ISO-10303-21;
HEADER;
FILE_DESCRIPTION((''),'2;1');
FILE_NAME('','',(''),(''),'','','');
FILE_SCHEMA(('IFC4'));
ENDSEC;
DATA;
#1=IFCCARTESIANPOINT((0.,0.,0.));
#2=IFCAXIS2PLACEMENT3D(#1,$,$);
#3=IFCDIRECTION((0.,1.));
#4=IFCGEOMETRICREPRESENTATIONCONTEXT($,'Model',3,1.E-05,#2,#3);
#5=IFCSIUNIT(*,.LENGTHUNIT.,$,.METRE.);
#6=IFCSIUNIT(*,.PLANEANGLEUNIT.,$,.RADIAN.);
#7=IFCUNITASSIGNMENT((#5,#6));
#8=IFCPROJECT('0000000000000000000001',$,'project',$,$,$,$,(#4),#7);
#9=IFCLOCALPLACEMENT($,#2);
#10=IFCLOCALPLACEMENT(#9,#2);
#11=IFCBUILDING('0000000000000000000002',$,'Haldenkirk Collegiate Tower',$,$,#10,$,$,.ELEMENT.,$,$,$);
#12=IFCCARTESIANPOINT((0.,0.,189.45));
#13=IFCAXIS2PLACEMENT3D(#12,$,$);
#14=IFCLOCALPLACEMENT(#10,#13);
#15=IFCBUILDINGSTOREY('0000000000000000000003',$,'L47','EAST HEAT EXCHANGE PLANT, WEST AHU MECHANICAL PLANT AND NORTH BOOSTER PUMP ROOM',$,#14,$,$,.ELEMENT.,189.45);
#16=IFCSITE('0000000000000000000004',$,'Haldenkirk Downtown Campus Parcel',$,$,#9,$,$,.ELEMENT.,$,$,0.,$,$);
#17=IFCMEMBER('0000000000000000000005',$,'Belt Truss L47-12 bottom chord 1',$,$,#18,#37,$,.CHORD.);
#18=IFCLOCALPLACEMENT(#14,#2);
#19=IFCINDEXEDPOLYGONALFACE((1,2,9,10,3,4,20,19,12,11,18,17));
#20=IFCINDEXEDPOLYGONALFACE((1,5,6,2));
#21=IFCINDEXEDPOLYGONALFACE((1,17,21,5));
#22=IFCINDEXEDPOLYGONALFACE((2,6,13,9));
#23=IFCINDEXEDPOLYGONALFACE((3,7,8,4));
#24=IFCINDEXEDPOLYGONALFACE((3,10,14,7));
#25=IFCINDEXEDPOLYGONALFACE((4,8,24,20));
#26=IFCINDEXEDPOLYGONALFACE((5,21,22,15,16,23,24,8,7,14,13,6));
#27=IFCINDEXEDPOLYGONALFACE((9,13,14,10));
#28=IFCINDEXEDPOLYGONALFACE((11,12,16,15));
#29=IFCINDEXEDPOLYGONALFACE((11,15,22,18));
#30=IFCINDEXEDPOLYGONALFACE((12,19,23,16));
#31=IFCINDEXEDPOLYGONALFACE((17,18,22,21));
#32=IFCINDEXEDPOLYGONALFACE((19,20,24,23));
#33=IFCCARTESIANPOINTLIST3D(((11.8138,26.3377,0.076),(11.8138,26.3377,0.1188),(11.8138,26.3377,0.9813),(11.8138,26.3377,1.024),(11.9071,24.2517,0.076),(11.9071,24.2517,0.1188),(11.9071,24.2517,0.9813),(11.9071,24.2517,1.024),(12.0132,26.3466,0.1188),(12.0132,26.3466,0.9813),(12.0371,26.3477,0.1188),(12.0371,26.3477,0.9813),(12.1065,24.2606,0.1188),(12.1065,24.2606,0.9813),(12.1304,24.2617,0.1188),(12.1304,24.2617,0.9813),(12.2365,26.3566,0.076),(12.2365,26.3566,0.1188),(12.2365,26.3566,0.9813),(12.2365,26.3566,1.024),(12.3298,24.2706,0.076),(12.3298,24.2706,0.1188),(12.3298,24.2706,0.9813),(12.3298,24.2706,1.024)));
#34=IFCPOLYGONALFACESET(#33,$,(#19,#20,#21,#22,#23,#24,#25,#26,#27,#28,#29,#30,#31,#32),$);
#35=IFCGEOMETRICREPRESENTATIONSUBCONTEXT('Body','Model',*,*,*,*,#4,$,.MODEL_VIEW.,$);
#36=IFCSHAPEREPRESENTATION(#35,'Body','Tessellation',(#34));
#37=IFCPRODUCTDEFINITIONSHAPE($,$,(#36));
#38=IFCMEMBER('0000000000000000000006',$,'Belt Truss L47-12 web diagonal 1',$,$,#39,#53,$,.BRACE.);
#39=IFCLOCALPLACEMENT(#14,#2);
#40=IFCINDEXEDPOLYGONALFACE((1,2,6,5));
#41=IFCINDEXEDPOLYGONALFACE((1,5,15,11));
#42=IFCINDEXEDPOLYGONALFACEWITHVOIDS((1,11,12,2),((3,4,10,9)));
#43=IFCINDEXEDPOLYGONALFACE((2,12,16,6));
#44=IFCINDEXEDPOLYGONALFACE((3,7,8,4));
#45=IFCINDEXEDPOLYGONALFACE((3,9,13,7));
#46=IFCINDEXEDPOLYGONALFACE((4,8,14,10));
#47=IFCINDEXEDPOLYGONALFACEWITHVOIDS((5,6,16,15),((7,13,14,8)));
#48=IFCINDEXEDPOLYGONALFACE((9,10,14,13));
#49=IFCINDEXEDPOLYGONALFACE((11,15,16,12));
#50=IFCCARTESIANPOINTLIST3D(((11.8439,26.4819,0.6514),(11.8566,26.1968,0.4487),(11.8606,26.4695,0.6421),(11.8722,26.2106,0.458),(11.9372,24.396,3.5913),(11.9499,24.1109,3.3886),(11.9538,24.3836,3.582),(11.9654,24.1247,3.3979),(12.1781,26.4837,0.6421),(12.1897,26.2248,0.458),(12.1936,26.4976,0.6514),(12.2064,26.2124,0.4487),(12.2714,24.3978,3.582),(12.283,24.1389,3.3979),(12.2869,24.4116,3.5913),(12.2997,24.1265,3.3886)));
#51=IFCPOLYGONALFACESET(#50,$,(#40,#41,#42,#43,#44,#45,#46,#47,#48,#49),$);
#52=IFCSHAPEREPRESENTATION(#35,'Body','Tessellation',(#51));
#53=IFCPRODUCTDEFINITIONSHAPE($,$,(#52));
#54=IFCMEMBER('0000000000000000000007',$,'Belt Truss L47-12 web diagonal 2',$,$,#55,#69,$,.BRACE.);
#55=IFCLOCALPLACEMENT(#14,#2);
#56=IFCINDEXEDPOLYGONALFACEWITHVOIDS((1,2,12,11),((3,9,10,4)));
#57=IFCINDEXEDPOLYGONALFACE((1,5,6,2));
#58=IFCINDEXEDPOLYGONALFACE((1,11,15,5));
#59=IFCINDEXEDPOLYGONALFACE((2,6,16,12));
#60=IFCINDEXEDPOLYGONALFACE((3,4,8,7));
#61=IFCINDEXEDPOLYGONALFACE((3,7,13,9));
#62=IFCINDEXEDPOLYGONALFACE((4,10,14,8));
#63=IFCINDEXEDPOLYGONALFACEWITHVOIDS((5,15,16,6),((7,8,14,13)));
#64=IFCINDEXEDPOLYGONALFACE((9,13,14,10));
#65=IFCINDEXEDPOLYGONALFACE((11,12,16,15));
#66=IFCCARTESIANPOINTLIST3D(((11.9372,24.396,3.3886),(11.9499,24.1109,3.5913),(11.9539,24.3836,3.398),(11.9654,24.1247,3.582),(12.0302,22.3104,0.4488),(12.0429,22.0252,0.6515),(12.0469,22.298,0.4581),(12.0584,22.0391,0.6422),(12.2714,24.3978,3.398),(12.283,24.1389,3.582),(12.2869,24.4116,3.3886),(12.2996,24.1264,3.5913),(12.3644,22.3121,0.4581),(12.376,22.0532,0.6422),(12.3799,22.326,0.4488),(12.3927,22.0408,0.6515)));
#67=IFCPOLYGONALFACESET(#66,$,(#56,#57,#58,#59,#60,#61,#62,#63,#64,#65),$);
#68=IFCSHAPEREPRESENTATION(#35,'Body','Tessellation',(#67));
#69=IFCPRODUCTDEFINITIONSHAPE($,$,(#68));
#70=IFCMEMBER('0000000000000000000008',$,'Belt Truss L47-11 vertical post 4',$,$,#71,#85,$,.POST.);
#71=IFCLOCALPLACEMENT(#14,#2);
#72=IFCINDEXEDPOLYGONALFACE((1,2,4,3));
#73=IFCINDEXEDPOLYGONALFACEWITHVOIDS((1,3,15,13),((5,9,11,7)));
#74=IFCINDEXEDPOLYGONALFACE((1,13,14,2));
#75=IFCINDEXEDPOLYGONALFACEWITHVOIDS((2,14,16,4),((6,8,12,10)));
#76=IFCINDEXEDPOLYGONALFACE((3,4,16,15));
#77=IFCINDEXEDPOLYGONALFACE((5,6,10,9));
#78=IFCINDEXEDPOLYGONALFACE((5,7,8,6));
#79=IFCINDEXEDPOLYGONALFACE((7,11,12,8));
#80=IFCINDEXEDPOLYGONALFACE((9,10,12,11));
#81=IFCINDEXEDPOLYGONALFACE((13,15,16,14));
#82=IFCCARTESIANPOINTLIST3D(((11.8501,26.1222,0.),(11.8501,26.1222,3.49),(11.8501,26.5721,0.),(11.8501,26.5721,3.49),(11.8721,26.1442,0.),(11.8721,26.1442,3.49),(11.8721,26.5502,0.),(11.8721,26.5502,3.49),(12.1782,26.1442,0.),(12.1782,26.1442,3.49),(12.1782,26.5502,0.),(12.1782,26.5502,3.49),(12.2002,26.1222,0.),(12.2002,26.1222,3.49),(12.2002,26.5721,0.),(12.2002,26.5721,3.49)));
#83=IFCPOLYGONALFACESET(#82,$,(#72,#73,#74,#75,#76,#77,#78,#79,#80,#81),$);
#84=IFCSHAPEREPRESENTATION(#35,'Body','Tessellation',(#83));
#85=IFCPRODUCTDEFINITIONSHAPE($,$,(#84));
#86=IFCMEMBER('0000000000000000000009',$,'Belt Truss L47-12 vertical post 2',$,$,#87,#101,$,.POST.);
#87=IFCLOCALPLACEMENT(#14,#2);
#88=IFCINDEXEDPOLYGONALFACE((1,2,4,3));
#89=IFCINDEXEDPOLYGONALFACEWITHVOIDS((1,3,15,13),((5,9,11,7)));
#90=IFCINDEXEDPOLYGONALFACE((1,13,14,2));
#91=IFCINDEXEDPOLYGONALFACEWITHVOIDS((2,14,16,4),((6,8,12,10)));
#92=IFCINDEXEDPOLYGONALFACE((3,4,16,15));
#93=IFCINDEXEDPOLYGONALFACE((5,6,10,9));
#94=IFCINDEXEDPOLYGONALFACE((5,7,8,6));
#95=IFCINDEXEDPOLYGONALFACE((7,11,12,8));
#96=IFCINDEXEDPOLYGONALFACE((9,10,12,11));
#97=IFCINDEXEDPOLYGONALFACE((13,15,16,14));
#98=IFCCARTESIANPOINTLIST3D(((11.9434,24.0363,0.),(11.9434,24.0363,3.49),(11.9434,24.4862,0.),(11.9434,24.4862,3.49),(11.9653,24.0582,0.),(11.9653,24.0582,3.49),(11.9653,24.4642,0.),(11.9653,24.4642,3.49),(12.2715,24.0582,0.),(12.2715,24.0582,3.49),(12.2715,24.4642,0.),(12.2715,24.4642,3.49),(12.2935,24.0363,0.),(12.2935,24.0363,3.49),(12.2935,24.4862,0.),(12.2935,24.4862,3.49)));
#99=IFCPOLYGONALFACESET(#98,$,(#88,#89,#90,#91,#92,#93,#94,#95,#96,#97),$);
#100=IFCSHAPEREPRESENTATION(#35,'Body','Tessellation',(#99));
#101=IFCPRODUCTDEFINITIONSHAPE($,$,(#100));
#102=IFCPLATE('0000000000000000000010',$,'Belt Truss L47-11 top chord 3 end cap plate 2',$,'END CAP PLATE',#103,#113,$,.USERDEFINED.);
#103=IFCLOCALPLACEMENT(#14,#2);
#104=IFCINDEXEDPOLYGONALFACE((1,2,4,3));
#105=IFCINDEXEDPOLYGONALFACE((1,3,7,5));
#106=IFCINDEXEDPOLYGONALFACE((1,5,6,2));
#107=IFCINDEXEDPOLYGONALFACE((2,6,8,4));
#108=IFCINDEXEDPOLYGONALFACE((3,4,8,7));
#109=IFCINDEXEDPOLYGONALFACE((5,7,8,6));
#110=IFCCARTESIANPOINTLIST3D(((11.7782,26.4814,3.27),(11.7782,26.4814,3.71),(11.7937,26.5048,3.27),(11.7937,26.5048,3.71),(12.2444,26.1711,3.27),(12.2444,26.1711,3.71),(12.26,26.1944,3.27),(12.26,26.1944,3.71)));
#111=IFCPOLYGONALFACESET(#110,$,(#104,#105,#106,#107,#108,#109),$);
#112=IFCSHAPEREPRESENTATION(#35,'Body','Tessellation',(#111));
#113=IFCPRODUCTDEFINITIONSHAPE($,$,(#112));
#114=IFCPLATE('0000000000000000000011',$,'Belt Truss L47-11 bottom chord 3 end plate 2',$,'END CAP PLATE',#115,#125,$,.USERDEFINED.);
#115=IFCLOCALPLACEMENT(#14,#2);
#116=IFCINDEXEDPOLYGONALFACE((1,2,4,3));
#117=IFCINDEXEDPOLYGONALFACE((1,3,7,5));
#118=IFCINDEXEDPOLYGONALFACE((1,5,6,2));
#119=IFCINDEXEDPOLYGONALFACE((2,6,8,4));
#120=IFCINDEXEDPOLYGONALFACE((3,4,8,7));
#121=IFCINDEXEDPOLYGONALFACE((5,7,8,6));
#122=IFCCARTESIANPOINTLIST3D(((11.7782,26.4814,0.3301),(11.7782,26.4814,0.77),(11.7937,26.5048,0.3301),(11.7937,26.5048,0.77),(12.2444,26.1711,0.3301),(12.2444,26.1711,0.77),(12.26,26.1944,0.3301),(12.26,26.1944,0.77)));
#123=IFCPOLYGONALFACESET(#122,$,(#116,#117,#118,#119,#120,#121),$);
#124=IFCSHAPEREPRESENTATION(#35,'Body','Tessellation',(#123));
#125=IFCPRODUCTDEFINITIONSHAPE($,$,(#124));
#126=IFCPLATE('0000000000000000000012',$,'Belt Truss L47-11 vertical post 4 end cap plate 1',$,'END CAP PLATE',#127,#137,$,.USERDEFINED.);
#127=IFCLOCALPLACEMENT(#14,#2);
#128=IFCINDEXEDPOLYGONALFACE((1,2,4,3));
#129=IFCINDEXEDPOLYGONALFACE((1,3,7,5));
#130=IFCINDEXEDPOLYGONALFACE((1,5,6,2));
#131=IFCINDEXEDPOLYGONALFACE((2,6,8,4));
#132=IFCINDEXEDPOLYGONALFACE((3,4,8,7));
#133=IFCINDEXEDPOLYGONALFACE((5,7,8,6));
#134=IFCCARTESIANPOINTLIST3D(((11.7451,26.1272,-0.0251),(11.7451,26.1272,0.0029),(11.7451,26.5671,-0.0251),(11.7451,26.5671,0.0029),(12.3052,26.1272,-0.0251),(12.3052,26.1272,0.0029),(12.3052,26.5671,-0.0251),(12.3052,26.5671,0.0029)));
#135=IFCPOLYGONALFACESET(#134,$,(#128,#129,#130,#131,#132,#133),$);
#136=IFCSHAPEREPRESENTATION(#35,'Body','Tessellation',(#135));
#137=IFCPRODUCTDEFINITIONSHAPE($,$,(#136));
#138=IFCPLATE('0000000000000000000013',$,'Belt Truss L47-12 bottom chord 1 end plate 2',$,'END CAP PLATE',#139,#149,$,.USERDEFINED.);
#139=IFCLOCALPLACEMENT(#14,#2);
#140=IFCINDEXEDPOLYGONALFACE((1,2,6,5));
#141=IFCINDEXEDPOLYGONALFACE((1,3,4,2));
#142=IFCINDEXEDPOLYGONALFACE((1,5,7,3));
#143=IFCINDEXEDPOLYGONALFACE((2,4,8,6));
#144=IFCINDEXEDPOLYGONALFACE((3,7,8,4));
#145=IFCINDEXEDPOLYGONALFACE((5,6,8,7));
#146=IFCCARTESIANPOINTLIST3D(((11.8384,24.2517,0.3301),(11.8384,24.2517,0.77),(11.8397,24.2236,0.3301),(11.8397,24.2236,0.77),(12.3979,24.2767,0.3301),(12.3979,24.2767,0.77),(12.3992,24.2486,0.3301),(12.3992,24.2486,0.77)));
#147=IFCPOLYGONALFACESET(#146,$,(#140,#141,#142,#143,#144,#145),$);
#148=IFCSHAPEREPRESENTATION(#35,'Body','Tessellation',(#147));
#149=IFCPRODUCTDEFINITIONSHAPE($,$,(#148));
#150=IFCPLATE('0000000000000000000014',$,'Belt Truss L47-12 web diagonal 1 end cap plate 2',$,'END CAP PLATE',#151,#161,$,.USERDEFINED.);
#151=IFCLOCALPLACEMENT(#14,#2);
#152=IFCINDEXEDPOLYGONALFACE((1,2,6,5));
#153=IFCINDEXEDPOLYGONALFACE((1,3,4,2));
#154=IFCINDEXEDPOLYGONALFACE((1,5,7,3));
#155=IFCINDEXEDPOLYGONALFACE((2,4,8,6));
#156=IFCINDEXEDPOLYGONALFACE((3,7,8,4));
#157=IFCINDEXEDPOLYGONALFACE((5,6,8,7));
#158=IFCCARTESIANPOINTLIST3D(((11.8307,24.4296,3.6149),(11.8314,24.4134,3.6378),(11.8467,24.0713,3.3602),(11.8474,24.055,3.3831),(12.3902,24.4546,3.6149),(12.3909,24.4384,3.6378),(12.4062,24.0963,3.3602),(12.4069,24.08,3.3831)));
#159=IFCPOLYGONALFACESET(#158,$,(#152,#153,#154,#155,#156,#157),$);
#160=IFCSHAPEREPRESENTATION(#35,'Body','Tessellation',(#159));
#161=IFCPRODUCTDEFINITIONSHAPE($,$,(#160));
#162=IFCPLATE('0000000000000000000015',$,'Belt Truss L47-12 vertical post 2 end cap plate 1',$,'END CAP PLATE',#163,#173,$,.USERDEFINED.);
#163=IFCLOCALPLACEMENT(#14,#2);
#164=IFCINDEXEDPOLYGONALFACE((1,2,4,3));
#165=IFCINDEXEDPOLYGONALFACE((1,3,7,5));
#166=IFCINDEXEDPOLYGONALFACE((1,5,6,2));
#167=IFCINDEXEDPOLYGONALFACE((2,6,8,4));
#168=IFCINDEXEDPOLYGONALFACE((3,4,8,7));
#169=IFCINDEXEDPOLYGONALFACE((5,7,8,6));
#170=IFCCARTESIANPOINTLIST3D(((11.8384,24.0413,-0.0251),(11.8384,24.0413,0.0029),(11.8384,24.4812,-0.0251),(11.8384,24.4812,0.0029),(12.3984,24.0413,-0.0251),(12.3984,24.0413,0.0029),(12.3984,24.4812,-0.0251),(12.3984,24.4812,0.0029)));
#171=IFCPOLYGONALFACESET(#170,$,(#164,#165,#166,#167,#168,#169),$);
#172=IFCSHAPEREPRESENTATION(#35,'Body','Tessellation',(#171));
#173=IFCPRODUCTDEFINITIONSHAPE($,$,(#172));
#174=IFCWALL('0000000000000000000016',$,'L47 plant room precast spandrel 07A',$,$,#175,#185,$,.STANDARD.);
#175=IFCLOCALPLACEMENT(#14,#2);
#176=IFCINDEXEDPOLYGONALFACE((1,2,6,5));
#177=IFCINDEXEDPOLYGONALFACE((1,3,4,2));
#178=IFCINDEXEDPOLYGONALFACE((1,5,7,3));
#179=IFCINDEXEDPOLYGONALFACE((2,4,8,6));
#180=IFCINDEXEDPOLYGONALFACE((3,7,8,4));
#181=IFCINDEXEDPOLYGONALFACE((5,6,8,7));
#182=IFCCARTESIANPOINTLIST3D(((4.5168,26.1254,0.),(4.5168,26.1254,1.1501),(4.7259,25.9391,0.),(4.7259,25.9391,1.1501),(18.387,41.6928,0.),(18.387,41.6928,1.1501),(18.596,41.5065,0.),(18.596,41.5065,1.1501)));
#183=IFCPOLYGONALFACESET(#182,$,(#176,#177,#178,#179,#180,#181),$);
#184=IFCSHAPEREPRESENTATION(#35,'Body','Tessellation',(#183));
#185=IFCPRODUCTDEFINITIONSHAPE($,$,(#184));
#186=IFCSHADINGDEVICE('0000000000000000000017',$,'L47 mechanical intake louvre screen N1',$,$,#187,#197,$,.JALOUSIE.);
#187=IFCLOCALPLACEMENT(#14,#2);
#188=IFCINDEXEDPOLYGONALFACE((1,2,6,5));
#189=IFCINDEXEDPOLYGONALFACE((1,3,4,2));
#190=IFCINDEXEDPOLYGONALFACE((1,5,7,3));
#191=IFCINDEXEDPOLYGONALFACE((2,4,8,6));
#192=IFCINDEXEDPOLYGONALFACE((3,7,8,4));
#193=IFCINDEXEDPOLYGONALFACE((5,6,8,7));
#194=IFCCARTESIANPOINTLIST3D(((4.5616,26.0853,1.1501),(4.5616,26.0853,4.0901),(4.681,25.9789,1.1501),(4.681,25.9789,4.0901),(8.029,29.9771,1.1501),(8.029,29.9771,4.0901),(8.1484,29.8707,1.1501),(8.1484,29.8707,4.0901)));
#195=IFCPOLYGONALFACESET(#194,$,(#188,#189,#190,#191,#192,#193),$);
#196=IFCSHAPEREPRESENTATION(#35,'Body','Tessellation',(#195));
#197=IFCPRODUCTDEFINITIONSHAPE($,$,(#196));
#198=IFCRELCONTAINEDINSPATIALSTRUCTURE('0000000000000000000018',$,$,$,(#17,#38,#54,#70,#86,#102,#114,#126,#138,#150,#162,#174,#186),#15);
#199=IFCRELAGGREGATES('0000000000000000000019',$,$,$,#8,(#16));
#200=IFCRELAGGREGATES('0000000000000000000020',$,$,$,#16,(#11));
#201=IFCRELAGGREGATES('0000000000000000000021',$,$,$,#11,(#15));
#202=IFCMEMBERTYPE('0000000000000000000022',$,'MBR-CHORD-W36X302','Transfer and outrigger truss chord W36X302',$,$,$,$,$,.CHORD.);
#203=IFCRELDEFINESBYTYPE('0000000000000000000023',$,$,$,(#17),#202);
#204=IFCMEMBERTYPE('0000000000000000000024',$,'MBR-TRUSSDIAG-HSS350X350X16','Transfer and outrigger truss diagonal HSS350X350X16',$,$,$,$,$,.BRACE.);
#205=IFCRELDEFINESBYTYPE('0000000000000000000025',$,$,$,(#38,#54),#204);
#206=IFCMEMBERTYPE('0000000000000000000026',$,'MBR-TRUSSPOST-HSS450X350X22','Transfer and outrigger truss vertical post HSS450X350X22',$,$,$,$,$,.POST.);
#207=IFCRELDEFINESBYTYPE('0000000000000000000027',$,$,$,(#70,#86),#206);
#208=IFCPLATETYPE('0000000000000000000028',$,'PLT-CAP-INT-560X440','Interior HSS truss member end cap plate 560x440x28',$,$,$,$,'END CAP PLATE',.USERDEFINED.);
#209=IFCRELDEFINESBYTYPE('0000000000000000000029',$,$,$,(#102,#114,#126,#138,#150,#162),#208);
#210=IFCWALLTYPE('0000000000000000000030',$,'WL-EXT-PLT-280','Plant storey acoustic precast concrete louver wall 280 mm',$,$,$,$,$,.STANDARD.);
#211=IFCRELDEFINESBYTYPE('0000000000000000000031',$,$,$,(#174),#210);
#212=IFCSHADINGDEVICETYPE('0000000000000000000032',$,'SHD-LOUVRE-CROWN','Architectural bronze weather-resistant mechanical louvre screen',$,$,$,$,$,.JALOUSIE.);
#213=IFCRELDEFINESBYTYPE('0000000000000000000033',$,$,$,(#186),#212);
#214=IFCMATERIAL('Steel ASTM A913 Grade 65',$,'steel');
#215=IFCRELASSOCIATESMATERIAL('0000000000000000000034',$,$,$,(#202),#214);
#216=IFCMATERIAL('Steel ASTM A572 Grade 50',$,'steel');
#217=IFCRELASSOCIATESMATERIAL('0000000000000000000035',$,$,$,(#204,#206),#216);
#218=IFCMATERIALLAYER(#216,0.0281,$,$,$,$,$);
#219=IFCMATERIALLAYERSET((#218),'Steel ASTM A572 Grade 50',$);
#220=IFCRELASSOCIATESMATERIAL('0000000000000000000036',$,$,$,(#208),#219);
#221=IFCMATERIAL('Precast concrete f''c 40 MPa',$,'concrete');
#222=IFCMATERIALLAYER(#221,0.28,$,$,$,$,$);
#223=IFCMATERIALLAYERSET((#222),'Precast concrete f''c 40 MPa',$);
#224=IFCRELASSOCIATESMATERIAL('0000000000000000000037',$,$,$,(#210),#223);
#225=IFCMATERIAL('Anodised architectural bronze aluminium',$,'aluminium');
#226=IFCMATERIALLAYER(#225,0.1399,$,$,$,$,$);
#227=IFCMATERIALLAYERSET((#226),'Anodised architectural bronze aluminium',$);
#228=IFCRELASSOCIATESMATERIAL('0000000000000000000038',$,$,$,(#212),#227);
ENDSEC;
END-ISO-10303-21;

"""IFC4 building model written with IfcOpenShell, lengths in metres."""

from ifc_helpers import new_model, si_unit, direction, frame, frame_2d, origin, origin_2d, place, context, subcontext, project, spatial, rectangle, hollow_rectangle, i_section, extrude, source, transform, mapped, material, layer, layer_set, material_profile, profile_set, type_object, element, save


model = new_model("IFC4")

# Units and contexts
model_context = context("Model", 3, precision=1e-05, world=origin(), true_north=direction((0.0, 1.0)))
body_context = subcontext(model_context, "Body", "Model", "MODEL_VIEW")
ifc_project = project(units=[si_unit("LENGTHUNIT", "METRE"), si_unit("PLANEANGLEUNIT", "RADIAN")], contexts=[model_context])

# Site, building, storey
site_placement = place(None, origin())
site = spatial("IfcSite", under=ifc_project, at=site_placement, Name="Haldenkirk Downtown Campus Parcel", CompositionType="ELEMENT", RefElevation=0.0)
building_placement = place(site_placement, origin())
building = spatial("IfcBuilding", under=site, at=building_placement, Name="Haldenkirk Collegiate Tower", CompositionType="ELEMENT")
storey_placement = place(building_placement, frame((0.0, 0.0, 189.45)))
storey = spatial("IfcBuildingStorey", under=building, at=storey_placement, Name="L47", Description="EAST HEAT EXCHANGE PLANT, WEST AHU MECHANICAL PLANT AND NORTH BOOSTER PUMP ROOM", CompositionType="ELEMENT", Elevation=189.45)

# Shared definitions
ifc_material_1 = material(Name="Steel ASTM A913 Grade 65", Category="steel")
ifc_material_2 = material(Name="Steel ASTM A572 Grade 50", Category="steel")

# Members
ifc_material_profile_1 = material_profile(ifc_material_1, i_section(OverallWidth=0.4231, OverallDepth=0.948, WebThickness=0.0239, FlangeThickness=0.0427, at=origin_2d()), Name="W36X302")
ifc_profile_set_1 = profile_set([ifc_material_profile_1], Name="Steel ASTM A913 Grade 65")
member_type_1 = type_object("IfcMemberType", Name="MBR-CHORD-W36X302", Description="Transfer and outrigger truss chord W36X302", PredefinedType="CHORD", material=ifc_profile_set_1)
member_1_placement = place(storey_placement, frame((12.0251, 26.3472, 0.55), z_axis=(0.044665, -0.999002, 0.0), x_axis=(0.999002, 0.044665, 0.0)))
element("IfcMember", 1, at=member_1_placement, inside=storey, type_object=member_type_1, Name="Belt Truss L47-12 bottom chord 1", PredefinedType="CHORD", context=body_context, shape_type="SweptSolid", body=[
    extrude(i_section(OverallWidth=0.4231, OverallDepth=0.948, WebThickness=0.0239, FlangeThickness=0.0427, at=origin_2d()), origin(), (0.0, 0.0, 1.0), 2.0881),
])
ifc_material_profile_2 = material_profile(ifc_material_2, hollow_rectangle(XDim=0.3501, YDim=0.3501, WallThickness=0.0161, at=origin_2d()), Name="HSS350X350X16")
ifc_profile_set_2 = profile_set([ifc_material_profile_2], Name="Steel ASTM A572 Grade 50")
member_type_2 = type_object("IfcMemberType", Name="MBR-TRUSSDIAG-HSS350X350X16", Description="Transfer and outrigger truss diagonal HSS350X350X16", PredefinedType="BRACE", material=ifc_profile_set_2)
member_2_placement = place(storey_placement, frame((12.0251, 26.3472, 0.55), z_axis=(0.025863, -0.578466, 0.815296), x_axis=(0.999002, 0.044665, 0.0)))
element("IfcMember", 2, at=member_2_placement, inside=storey, type_object=member_type_2, Name="Belt Truss L47-12 web diagonal 1", PredefinedType="BRACE", context=body_context, shape_type="SweptSolid", body=[
    extrude(hollow_rectangle(XDim=0.3501, YDim=0.3501, WallThickness=0.0161, at=origin_2d()), origin(), (0.0, 0.0, 1.0), 3.606),
])
member_3_placement = place(storey_placement, frame((12.1184, 24.2612, 3.49), z_axis=(0.025796, -0.578422, -0.81533), x_axis=(0.999007, 0.044554, 0.0)))
element("IfcMember", 3, at=member_3_placement, inside=storey, type_object=member_type_2, Name="Belt Truss L47-12 web diagonal 2", PredefinedType="BRACE", context=body_context, shape_type="SweptSolid", body=[
    extrude(hollow_rectangle(XDim=0.3501, YDim=0.3501, WallThickness=0.0161, at=origin_2d()), origin(), (0.0, 0.0, 1.0), 3.6057),
])
ifc_material_profile_3 = material_profile(ifc_material_2, hollow_rectangle(XDim=0.3501, YDim=0.45, WallThickness=0.022, at=origin_2d()), Name="HSS450X350X22")
ifc_profile_set_3 = profile_set([ifc_material_profile_3], Name="Steel ASTM A572 Grade 50")
member_type_3 = type_object("IfcMemberType", Name="MBR-TRUSSPOST-HSS450X350X22", Description="Transfer and outrigger truss vertical post HSS450X350X22", PredefinedType="POST", material=ifc_profile_set_3)
for number, where, z_axis, x_axis, name in (
    (4, (12.0251, 26.3472, 0.0), (0.0, 0.0, 1.0), (1.0, 0.0, 0.0), "Belt Truss L47-11 vertical post 4"),
    (5, (12.1184, 24.2612, 0.0), (0.0, 0.0, 1.0), (1.0, 0.0, 0.0), "Belt Truss L47-12 vertical post 2"),
):
    element("IfcMember", number, at=place(storey_placement, frame(where, z_axis=z_axis, x_axis=x_axis)), inside=storey, type_object=member_type_3, Name=name, PredefinedType="POST", context=body_context, shape_type="SweptSolid", body=[
        extrude(hollow_rectangle(XDim=0.3501, YDim=0.45, WallThickness=0.022, at=origin_2d()), origin(), (0.0, 0.0, 1.0), 3.49),
    ])

# Plates
ifc_layer_1 = layer(ifc_material_2, 0.0281)
ifc_layer_set_1 = layer_set([ifc_layer_1], Name="Steel ASTM A572 Grade 50")
plate_type = type_object("IfcPlateType", Name="PLT-CAP-INT-560X440", Description="Interior HSS truss member end cap plate 560x440x28", ElementType="END CAP PLATE", PredefinedType="USERDEFINED", material=ifc_layer_set_1)
shared_shape_1 = source(origin(), body_context, "Body", "SweptSolid", [
    extrude(rectangle(XDim=0.5601, YDim=0.4399, at=origin_2d()), origin(), (0.0, 0.0, 1.0), 0.0281),
])
for number, where, z_axis, x_axis, name in (
    (6, (12.0269, 26.3496, 3.49), (-0.554114, -0.832441, 0.0), (0.832441, -0.554114, 0.0), "Belt Truss L47-11 top chord 3 end cap plate 2"),
    (7, (12.0269, 26.3496, 0.55), (-0.554116, -0.83244, 0.0), (0.83244, -0.554116, 0.0), "Belt Truss L47-11 bottom chord 3 end plate 2"),
    (8, (12.0251, 26.3472, 0.0029), (0.0, 0.0, -1.0), (1.0, 0.0, 0.0), "Belt Truss L47-11 vertical post 4 end cap plate 1"),
    (9, (12.1182, 24.2642, 0.55), (0.044623, -0.999004, 0.0), (0.999004, 0.044623, 0.0), "Belt Truss L47-12 bottom chord 1 end plate 2"),
    (10, (12.1184, 24.2629, 3.4875), (0.025846, -0.578433, 0.81532), (0.999003, 0.044639, 0.0), "Belt Truss L47-12 web diagonal 1 end cap plate 2"),
    (11, (12.1184, 24.2612, 0.0029), (0.0, 0.0, -1.0), (1.0, 0.0, 0.0), "Belt Truss L47-12 vertical post 2 end cap plate 1"),
):
    element("IfcPlate", number, at=place(storey_placement, frame(where, z_axis=z_axis, x_axis=x_axis)), inside=storey, type_object=plate_type, Name=name, ObjectType="END CAP PLATE", PredefinedType="USERDEFINED", context=body_context, shape_type="MappedRepresentation", body=[
        mapped(shared_shape_1, transform((0.0, 0.0, 0.0), x_axis=(1.0, 0.0, 0.0), y_axis=(0.0, 1.0, 0.0), z_axis=(0.0, 0.0, 1.0), scale=1.0)),
    ])

# Wall
ifc_material_3 = material(Name="Precast concrete f'c 40 MPa", Category="concrete")
ifc_layer_2 = layer(ifc_material_3, 0.28)
ifc_layer_set_2 = layer_set([ifc_layer_2], Name="Precast concrete f'c 40 MPa")
wall_type = type_object("IfcWallType", Name="WL-EXT-PLT-280", Description="Plant storey acoustic precast concrete louver wall 280 mm", PredefinedType="STANDARD", material=ifc_layer_set_2)
wall_placement = place(storey_placement, frame((4.6213, 26.0322, 0.0), z_axis=(0.0, 0.0, 1.0), x_axis=(0.665233, 0.746636, 0.0)))
element("IfcWall", 12, at=wall_placement, inside=storey, type_object=wall_type, Name="L47 plant room precast spandrel 07A", PredefinedType="STANDARD", context=body_context, shape_type="SweptSolid", body=[
    extrude(rectangle(XDim=20.8501, YDim=0.28, at=frame_2d((10.425, 0.0))), origin(), (0.0, 0.0, 1.0), 1.1501),
])

# Shading device
ifc_material_4 = material(Name="Anodised architectural bronze aluminium", Category="aluminium")
ifc_layer_3 = layer(ifc_material_4, 0.1399)
ifc_layer_set_3 = layer_set([ifc_layer_3], Name="Anodised architectural bronze aluminium")
shading_device_type = type_object("IfcShadingDeviceType", Name="SHD-LOUVRE-CROWN", Description="Architectural bronze weather-resistant mechanical louvre screen", PredefinedType="JALOUSIE", material=ifc_layer_set_3)
shared_shape_2 = source(origin(), body_context, "Body", "SweptSolid", [
    extrude(rectangle(XDim=5.2124, YDim=0.1599, at=origin_2d()), origin(), (0.0, 0.0, 1.0), 2.9399),
])
for number, where, z_axis, x_axis, name in (
    (13, (6.355, 27.978, 1.1501), (0.0, 0.0, 1.0), (0.66523, 0.746638, 0.0), "L47 mechanical intake louvre screen N1"),
):
    element("IfcShadingDevice", number, at=place(storey_placement, frame(where, z_axis=z_axis, x_axis=x_axis)), inside=storey, type_object=shading_device_type, Name=name, PredefinedType="JALOUSIE", context=body_context, shape_type="MappedRepresentation", body=[
        mapped(shared_shape_2, transform((0.0, 0.0, 0.0), x_axis=(1.0, 0.0, 0.0), y_axis=(0.0, 1.0, 0.0), z_axis=(0.0, 0.0, 1.0), scale=1.0)),
    ])

save(model, "model.ifc")
